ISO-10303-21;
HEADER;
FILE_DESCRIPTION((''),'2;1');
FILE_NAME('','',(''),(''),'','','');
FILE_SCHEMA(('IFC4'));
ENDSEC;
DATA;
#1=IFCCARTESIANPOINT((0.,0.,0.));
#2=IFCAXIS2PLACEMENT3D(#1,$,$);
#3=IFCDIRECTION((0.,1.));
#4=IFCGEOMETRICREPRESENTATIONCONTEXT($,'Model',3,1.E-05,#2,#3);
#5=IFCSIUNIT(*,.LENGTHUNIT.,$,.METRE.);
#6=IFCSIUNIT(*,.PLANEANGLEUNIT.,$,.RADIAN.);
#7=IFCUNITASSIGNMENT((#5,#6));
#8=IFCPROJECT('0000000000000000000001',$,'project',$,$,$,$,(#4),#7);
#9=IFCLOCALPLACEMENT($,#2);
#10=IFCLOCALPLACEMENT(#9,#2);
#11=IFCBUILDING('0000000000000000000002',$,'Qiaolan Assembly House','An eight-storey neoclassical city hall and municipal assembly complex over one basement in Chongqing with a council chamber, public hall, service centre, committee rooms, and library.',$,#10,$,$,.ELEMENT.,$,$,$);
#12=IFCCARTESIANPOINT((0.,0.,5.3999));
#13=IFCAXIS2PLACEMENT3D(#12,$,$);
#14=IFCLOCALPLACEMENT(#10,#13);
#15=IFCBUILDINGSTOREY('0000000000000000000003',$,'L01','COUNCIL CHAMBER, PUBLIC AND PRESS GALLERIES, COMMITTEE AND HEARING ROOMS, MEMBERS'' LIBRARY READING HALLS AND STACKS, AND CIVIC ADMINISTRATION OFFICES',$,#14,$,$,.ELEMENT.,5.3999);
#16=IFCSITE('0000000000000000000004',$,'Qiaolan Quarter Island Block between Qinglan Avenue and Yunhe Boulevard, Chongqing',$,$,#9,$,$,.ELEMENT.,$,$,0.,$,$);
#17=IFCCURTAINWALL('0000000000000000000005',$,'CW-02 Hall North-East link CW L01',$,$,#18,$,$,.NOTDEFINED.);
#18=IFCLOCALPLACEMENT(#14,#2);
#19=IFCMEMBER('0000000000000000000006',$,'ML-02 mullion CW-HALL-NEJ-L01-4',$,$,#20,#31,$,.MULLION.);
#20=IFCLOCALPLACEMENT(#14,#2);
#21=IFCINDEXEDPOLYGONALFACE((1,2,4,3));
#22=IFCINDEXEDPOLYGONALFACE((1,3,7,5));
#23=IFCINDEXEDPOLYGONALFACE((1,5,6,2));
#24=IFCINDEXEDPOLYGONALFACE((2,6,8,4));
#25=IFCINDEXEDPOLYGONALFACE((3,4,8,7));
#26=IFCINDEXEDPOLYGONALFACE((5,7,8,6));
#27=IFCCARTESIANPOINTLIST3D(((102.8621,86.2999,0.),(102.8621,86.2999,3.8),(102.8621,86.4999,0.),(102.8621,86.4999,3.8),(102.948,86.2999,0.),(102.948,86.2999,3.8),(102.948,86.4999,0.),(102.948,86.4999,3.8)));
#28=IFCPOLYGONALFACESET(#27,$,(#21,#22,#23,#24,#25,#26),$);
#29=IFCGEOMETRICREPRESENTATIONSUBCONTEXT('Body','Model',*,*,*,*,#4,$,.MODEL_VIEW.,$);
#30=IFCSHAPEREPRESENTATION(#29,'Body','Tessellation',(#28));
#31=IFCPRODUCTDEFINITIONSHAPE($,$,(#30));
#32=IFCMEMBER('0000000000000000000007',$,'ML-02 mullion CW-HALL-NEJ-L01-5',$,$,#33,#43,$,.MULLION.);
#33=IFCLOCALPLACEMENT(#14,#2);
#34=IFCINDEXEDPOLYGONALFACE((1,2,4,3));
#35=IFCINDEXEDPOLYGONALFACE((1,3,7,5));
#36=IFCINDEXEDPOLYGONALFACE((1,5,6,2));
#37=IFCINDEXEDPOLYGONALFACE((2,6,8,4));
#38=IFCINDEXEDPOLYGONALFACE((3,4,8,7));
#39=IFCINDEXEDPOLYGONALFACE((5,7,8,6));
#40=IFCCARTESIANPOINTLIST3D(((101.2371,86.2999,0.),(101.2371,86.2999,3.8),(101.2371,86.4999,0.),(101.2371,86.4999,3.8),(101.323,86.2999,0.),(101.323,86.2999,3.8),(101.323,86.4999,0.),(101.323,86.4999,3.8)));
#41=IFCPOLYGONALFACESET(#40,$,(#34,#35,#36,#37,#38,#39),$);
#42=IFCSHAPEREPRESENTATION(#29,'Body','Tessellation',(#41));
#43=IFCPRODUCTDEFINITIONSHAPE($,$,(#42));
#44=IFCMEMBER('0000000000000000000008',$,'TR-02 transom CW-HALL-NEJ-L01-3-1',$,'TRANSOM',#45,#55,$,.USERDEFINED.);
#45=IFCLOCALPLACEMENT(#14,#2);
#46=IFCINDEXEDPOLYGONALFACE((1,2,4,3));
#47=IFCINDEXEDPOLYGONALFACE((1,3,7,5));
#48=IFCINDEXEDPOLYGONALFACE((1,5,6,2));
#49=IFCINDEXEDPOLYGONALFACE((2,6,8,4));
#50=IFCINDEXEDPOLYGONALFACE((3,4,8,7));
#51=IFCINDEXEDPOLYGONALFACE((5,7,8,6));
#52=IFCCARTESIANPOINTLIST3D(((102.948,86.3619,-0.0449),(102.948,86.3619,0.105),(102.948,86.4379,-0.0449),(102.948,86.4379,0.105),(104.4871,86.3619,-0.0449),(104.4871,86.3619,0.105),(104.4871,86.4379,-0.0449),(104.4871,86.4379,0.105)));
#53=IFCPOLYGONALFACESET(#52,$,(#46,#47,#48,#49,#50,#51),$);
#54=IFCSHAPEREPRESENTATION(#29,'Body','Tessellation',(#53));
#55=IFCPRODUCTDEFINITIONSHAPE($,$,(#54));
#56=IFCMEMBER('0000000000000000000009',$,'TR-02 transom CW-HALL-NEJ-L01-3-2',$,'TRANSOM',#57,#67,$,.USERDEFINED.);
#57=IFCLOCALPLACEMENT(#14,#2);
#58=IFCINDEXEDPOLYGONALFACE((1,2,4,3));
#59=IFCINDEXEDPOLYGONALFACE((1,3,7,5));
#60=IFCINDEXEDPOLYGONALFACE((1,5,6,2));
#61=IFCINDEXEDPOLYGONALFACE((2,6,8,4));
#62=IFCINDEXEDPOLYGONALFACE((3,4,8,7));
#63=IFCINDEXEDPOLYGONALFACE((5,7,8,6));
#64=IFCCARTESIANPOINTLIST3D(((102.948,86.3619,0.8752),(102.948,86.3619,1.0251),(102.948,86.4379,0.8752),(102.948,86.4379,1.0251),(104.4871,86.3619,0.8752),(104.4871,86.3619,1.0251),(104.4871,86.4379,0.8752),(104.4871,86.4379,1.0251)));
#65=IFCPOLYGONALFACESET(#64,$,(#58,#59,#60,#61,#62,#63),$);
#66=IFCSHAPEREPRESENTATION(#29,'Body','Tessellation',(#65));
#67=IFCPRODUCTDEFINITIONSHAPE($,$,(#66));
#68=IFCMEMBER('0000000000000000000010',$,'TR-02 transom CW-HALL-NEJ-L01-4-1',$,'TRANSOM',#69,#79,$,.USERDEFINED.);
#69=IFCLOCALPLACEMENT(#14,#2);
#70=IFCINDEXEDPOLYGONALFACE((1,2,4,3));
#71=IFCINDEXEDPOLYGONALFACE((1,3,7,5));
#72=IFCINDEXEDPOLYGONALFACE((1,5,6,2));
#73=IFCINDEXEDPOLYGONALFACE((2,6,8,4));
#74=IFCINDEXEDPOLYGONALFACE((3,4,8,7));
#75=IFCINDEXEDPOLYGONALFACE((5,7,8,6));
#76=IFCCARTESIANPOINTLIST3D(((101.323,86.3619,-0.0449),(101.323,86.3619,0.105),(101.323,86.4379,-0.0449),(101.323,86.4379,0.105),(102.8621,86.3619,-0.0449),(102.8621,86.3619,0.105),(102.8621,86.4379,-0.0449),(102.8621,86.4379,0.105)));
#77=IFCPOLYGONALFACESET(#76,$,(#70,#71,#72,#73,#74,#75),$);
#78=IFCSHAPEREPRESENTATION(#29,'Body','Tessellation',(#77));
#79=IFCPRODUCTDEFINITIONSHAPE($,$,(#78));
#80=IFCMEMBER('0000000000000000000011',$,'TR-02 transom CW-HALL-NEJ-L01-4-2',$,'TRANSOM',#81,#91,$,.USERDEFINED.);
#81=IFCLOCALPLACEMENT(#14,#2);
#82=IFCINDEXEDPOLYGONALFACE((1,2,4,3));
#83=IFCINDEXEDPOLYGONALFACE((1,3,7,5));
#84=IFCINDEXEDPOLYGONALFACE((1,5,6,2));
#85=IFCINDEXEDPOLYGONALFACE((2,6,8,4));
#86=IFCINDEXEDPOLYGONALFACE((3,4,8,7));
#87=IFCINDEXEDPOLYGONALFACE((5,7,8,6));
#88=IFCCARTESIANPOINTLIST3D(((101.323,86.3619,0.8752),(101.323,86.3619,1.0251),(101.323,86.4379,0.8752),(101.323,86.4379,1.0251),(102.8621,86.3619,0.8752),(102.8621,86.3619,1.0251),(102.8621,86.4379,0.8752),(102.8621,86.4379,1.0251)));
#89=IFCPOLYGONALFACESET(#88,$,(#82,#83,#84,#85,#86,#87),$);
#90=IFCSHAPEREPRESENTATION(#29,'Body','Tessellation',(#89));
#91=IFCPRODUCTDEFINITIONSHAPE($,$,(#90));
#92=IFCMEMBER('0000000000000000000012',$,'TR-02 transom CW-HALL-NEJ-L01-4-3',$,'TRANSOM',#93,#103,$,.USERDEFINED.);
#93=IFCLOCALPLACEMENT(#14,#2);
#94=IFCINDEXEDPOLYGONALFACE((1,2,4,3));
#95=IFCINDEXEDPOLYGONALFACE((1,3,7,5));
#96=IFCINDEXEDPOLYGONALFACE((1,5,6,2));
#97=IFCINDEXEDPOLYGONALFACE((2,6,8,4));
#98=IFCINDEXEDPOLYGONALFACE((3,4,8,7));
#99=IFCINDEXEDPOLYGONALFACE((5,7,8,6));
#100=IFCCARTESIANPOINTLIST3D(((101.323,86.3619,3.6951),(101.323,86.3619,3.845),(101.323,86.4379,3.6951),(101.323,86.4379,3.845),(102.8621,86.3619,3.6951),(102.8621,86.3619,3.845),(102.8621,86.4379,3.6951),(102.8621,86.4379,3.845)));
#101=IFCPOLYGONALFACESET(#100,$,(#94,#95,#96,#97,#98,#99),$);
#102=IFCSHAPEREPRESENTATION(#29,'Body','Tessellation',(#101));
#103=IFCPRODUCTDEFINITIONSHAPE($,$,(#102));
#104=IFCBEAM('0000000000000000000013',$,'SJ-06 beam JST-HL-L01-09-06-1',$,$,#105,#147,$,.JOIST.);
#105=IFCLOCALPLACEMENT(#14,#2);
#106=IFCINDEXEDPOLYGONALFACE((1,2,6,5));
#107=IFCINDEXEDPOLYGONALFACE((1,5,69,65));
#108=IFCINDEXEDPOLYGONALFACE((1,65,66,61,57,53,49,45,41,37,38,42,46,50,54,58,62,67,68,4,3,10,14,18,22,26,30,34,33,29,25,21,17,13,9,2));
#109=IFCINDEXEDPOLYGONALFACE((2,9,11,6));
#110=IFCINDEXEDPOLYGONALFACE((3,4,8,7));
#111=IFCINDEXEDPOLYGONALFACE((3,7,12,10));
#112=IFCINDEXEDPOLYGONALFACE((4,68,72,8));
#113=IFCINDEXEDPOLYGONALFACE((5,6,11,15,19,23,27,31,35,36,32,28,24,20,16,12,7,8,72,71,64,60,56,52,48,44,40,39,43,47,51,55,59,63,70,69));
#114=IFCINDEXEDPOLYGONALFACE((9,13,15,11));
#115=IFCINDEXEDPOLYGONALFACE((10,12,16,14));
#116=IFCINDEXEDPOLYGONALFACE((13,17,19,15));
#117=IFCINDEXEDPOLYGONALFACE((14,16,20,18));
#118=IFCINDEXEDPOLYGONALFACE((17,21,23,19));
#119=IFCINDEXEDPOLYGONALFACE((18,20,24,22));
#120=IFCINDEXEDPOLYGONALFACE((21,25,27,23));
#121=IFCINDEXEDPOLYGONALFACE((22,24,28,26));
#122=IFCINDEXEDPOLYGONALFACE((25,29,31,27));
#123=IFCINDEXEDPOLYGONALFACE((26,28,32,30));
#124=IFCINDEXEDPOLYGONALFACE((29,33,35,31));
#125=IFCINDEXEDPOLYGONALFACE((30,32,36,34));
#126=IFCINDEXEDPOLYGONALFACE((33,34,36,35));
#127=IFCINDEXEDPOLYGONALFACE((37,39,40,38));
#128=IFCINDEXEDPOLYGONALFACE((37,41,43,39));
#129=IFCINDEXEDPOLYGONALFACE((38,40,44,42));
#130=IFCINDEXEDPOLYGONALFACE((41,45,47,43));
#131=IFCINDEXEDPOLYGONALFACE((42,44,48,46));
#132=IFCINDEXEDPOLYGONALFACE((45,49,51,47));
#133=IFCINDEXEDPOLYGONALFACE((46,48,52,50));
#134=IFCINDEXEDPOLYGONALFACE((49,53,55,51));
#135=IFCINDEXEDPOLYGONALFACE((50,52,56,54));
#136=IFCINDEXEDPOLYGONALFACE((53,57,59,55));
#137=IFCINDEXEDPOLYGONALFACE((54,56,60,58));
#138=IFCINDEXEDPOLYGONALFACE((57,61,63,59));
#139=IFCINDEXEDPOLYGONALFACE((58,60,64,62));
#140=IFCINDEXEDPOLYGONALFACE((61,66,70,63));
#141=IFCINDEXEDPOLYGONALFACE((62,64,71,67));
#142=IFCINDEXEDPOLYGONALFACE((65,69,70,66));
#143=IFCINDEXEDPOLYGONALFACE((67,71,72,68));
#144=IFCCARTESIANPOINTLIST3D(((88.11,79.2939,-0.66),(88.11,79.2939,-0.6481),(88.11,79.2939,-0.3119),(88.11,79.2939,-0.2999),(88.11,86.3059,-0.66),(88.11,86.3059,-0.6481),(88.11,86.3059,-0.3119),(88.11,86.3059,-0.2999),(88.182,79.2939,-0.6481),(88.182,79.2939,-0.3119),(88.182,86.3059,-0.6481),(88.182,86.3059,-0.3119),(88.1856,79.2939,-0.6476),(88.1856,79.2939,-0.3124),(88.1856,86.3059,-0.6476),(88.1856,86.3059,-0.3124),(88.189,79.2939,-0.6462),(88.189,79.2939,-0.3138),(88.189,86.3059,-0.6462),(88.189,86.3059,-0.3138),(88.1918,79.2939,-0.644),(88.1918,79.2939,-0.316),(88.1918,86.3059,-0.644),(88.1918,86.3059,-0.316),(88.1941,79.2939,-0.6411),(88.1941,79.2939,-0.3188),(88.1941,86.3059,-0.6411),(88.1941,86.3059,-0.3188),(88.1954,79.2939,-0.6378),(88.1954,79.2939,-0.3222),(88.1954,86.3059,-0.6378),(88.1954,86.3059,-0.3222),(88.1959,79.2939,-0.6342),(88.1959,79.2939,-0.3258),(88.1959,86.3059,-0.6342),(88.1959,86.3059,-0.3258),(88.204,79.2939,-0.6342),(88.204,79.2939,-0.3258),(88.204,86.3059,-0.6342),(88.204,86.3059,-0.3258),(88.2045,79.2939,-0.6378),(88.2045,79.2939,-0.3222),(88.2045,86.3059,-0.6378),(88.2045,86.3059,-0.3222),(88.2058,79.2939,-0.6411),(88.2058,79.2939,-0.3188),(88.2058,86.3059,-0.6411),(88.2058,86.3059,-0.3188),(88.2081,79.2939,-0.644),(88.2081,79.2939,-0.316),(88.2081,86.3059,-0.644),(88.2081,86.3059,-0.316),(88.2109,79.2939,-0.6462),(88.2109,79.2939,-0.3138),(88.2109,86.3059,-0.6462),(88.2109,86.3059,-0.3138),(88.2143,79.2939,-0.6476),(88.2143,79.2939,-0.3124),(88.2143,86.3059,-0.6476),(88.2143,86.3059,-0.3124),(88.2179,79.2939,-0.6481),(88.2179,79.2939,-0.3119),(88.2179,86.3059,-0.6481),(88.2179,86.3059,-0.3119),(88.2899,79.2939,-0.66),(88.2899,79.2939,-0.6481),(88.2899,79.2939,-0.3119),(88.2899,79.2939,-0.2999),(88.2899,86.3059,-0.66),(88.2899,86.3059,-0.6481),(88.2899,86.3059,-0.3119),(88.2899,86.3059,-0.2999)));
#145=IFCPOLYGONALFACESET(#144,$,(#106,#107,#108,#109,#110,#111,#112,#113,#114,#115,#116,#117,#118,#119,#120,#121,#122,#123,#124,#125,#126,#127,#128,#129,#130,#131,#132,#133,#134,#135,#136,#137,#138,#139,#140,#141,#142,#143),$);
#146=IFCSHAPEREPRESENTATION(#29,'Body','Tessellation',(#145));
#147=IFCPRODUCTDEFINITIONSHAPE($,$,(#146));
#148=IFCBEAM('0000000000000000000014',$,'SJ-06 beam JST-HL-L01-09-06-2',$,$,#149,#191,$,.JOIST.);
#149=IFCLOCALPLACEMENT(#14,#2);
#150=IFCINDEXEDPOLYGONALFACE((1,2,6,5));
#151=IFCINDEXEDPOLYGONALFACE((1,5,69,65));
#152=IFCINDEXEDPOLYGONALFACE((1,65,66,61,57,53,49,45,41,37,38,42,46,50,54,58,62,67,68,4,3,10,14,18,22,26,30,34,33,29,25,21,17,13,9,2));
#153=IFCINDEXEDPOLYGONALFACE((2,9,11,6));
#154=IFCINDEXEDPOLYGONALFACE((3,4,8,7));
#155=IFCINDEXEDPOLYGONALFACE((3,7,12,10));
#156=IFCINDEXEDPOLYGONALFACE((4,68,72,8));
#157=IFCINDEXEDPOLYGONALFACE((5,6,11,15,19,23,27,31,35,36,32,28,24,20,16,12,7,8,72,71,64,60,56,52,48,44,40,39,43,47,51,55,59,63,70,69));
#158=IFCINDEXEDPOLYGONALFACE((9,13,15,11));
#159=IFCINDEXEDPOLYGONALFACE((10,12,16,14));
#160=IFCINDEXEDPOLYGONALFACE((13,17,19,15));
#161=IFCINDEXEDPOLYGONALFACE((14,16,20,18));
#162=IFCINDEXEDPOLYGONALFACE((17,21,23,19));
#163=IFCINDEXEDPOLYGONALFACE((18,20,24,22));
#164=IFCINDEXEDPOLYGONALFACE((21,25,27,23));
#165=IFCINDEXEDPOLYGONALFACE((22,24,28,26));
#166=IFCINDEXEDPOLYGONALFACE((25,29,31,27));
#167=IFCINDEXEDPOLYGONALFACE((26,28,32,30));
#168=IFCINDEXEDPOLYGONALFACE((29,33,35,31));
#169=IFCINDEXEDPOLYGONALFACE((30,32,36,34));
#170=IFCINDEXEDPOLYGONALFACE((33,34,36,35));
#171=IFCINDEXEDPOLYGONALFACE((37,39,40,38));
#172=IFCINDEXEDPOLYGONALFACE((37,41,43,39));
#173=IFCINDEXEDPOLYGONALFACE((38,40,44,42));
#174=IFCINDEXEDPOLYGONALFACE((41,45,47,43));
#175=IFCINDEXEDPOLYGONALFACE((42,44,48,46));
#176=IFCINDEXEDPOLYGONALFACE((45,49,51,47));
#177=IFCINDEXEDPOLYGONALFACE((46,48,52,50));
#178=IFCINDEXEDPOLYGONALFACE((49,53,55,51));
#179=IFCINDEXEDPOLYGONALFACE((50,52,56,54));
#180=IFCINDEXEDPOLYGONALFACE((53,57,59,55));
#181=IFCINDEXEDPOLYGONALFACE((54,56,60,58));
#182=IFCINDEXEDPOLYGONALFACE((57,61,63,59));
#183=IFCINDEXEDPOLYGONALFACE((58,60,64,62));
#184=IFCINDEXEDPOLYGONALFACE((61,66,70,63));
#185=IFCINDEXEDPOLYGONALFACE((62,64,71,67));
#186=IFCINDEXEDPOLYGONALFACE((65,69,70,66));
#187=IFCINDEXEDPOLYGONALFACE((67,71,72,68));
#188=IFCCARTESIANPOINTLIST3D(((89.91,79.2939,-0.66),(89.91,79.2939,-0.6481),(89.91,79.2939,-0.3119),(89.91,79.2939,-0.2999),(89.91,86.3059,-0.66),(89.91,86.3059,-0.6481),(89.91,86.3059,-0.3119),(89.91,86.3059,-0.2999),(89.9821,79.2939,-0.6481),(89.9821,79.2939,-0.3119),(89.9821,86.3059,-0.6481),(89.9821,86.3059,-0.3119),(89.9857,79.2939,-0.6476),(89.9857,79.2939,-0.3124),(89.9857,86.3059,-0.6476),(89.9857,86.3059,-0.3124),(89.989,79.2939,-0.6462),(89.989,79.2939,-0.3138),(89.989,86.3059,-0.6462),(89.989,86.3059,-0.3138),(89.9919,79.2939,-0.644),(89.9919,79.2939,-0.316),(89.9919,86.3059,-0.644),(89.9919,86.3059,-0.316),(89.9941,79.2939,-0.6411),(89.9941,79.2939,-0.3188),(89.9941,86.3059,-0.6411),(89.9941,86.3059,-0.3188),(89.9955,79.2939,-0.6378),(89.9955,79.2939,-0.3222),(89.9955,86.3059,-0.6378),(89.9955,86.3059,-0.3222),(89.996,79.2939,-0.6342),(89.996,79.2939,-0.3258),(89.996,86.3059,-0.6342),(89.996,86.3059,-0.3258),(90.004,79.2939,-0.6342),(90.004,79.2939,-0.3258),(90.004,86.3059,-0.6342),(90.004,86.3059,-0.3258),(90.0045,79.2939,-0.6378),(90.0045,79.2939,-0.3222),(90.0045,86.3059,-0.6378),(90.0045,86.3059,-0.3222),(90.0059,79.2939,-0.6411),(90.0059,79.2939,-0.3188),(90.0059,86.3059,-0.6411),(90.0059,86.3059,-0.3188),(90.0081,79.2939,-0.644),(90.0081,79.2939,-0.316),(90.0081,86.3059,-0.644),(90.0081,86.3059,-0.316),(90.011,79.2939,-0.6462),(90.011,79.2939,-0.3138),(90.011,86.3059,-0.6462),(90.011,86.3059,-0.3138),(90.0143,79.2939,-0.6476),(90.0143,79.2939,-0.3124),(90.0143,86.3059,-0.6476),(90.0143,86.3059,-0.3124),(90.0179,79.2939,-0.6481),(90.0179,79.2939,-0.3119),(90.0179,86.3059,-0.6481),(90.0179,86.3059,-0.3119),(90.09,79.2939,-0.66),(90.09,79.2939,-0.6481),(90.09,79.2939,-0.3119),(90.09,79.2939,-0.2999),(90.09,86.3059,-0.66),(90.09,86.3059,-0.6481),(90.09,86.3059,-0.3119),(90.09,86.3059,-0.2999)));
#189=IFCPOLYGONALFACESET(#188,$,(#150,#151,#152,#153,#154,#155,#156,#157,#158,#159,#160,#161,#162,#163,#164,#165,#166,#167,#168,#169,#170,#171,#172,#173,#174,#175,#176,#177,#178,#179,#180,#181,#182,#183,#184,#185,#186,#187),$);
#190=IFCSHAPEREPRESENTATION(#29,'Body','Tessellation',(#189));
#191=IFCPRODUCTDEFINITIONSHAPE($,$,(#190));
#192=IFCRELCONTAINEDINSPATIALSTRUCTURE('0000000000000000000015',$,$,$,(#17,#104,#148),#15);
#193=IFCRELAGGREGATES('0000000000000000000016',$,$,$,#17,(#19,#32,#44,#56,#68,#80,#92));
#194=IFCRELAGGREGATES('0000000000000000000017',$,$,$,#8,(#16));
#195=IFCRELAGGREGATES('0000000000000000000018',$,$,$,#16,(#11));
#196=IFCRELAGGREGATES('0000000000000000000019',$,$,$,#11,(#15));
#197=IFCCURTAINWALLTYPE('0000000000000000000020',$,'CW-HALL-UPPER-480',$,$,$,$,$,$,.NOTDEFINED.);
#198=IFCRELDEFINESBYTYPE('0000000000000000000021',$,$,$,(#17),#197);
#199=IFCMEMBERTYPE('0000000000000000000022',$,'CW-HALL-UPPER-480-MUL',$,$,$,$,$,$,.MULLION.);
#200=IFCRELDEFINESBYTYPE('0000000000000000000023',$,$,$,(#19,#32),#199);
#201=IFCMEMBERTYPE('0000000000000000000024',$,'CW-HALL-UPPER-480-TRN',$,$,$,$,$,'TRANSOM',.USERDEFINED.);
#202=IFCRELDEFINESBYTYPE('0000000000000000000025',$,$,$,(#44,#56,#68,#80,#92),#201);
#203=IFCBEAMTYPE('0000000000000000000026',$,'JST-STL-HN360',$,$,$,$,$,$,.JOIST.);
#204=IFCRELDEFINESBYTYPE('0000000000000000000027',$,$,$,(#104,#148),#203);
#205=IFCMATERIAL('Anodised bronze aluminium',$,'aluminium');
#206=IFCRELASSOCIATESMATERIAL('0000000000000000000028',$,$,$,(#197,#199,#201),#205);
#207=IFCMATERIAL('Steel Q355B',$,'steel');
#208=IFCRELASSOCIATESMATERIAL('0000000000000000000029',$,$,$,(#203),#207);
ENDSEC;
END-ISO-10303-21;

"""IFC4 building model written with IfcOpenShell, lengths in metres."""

from ifc_helpers import new_model, si_unit, direction, frame, origin, origin_2d, place, context, subcontext, project, spatial, rectangle, i_section, extrude, material, material_profile, profile_set, type_object, element, aggregate, save


model = new_model("IFC4")

# Units and contexts
model_context = context("Model", 3, precision=1e-05, world=origin(), true_north=direction((0.0, 1.0)))
body_context = subcontext(model_context, "Body", "Model", "MODEL_VIEW")
ifc_project = project(units=[si_unit("LENGTHUNIT", "METRE"), si_unit("PLANEANGLEUNIT", "RADIAN")], contexts=[model_context])

# Site, building, storey
site_placement = place(None, origin())
site = spatial("IfcSite", under=ifc_project, at=site_placement, Name="Qiaolan Quarter Island Block between Qinglan Avenue and Yunhe Boulevard, Chongqing", CompositionType="ELEMENT", RefElevation=0.0)
building_placement = place(site_placement, origin())
building = spatial("IfcBuilding", under=site, at=building_placement, Name="Qiaolan Assembly House", Description="An eight-storey neoclassical city hall and municipal assembly complex over one basement in Chongqing with a council chamber, public hall, service centre, committee rooms, and library.", CompositionType="ELEMENT")
storey_placement = place(building_placement, frame((0.0, 0.0, 5.3999)))
storey = spatial("IfcBuildingStorey", under=building, at=storey_placement, Name="L01", Description="COUNCIL CHAMBER, PUBLIC AND PRESS GALLERIES, COMMITTEE AND HEARING ROOMS, MEMBERS' LIBRARY READING HALLS AND STACKS, AND CIVIC ADMINISTRATION OFFICES", CompositionType="ELEMENT", Elevation=5.3999)

# Shared definitions
ifc_material_1 = material(Name="Steel Q355B", Category="steel")

# Curtain wall, members
ifc_material_2 = material(Name="Anodised bronze aluminium", Category="aluminium")
curtain_wall_type = type_object("IfcCurtainWallType", Name="CW-HALL-UPPER-480", PredefinedType="NOTDEFINED", material=ifc_material_2)
curtain_wall_placement = place(storey_placement, origin())
curtain_wall = element("IfcCurtainWall", 1, at=curtain_wall_placement, inside=storey, type_object=curtain_wall_type, Name="CW-02 Hall North-East link CW L01", PredefinedType="NOTDEFINED")
ifc_material_profile_1 = material_profile(ifc_material_2, rectangle(XDim=0.0859, YDim=0.2, at=origin_2d()), Name="MUL 86x200")
ifc_profile_set_1 = profile_set([ifc_material_profile_1], Name="Anodised bronze aluminium")
member_type_1 = type_object("IfcMemberType", Name="CW-HALL-UPPER-480-MUL", PredefinedType="MULLION", material=ifc_profile_set_1)
member_1_placement = place(storey_placement, frame((102.905, 86.3999, 0.0), z_axis=(0.0, 0.0, 1.0), x_axis=(-1.0, 0.0, 0.0)))
member_1 = element("IfcMember", 2, at=member_1_placement, type_object=member_type_1, Name="ML-02 mullion CW-HALL-NEJ-L01-4", PredefinedType="MULLION", context=body_context, shape_type="SweptSolid", body=[
    extrude(rectangle(XDim=0.0859, YDim=0.2, at=origin_2d()), origin(), (0.0, 0.0, 1.0), 3.8),
])
member_2_placement = place(storey_placement, frame((101.28, 86.3999, 0.0), z_axis=(0.0, 0.0, 1.0), x_axis=(-1.0, 0.0, 0.0)))
member_2 = element("IfcMember", 3, at=member_2_placement, type_object=member_type_1, Name="ML-02 mullion CW-HALL-NEJ-L01-5", PredefinedType="MULLION", context=body_context, shape_type="SweptSolid", body=[
    extrude(rectangle(XDim=0.0859, YDim=0.2, at=origin_2d()), origin(), (0.0, 0.0, 1.0), 3.8),
])
ifc_material_profile_2 = material_profile(ifc_material_2, rectangle(XDim=0.0759, YDim=0.1499, at=origin_2d()), Name="TRN 76x150")
ifc_profile_set_2 = profile_set([ifc_material_profile_2], Name="Anodised bronze aluminium")
member_type_2 = type_object("IfcMemberType", Name="CW-HALL-UPPER-480-TRN", ElementType="TRANSOM", PredefinedType="USERDEFINED", material=ifc_profile_set_2)
member_3_placement = place(storey_placement, frame((104.4871, 86.3999, 0.03), z_axis=(-1.0, 0.0, 0.0), x_axis=(0.0, -1.0, 0.0)))
member_3 = element("IfcMember", 4, at=member_3_placement, type_object=member_type_2, Name="TR-02 transom CW-HALL-NEJ-L01-3-1", ObjectType="TRANSOM", PredefinedType="USERDEFINED", context=body_context, shape_type="SweptSolid", body=[
    extrude(rectangle(XDim=0.0759, YDim=0.1499, at=origin_2d()), origin(), (0.0, 0.0, 1.0), 1.5391),
])
member_4_placement = place(storey_placement, frame((104.4871, 86.3999, 0.9502), z_axis=(-1.0, 0.0, 0.0), x_axis=(0.0, -1.0, 0.0)))
member_4 = element("IfcMember", 5, at=member_4_placement, type_object=member_type_2, Name="TR-02 transom CW-HALL-NEJ-L01-3-2", ObjectType="TRANSOM", PredefinedType="USERDEFINED", context=body_context, shape_type="SweptSolid", body=[
    extrude(rectangle(XDim=0.0759, YDim=0.1499, at=origin_2d()), origin(), (0.0, 0.0, 1.0), 1.5391),
])
member_5_placement = place(storey_placement, frame((102.8621, 86.3999, 0.03), z_axis=(-1.0, 0.0, 0.0), x_axis=(0.0, -1.0, 0.0)))
member_5 = element("IfcMember", 6, at=member_5_placement, type_object=member_type_2, Name="TR-02 transom CW-HALL-NEJ-L01-4-1", ObjectType="TRANSOM", PredefinedType="USERDEFINED", context=body_context, shape_type="SweptSolid", body=[
    extrude(rectangle(XDim=0.0759, YDim=0.1499, at=origin_2d()), origin(), (0.0, 0.0, 1.0), 1.5391),
])
member_6_placement = place(storey_placement, frame((102.8621, 86.3999, 0.9502), z_axis=(-1.0, 0.0, 0.0), x_axis=(0.0, -1.0, 0.0)))
member_6 = element("IfcMember", 7, at=member_6_placement, type_object=member_type_2, Name="TR-02 transom CW-HALL-NEJ-L01-4-2", ObjectType="TRANSOM", PredefinedType="USERDEFINED", context=body_context, shape_type="SweptSolid", body=[
    extrude(rectangle(XDim=0.0759, YDim=0.1499, at=origin_2d()), origin(), (0.0, 0.0, 1.0), 1.5391),
])
member_7_placement = place(storey_placement, frame((102.8621, 86.3999, 3.77), z_axis=(-1.0, 0.0, 0.0), x_axis=(0.0, -1.0, 0.0)))
member_7 = element("IfcMember", 8, at=member_7_placement, type_object=member_type_2, Name="TR-02 transom CW-HALL-NEJ-L01-4-3", ObjectType="TRANSOM", PredefinedType="USERDEFINED", context=body_context, shape_type="SweptSolid", body=[
    extrude(rectangle(XDim=0.0759, YDim=0.1499, at=origin_2d()), origin(), (0.0, 0.0, 1.0), 1.5391),
])

# Beams
ifc_material_profile_3 = material_profile(ifc_material_1, i_section(OverallWidth=0.1799, OverallDepth=0.3601, WebThickness=0.0081, FlangeThickness=0.012, FilletRadius=0.0139, at=origin_2d()), Name="HN 360x180x8x12")
ifc_profile_set_3 = profile_set([ifc_material_profile_3], Name="Steel Q355B")
beam_type_1 = type_object("IfcBeamType", Name="JST-STL-HN360", PredefinedType="JOIST", material=ifc_profile_set_3)
for number, where, z_axis, x_axis, name in (
    (9, (88.2, 79.2939, -0.48), (0.0, 1.0, 0.0), (-1.0, 0.0, 0.0), "SJ-06 beam JST-HL-L01-09-06-1"),
    (10, (90.0, 79.2939, -0.48), (0.0, 1.0, 0.0), (-1.0, 0.0, 0.0), "SJ-06 beam JST-HL-L01-09-06-2"),
):
    element("IfcBeam", number, at=place(storey_placement, frame(where, z_axis=z_axis, x_axis=x_axis)), inside=storey, type_object=beam_type_1, Name=name, PredefinedType="JOIST", context=body_context, shape_type="SweptSolid", body=[
        extrude(i_section(OverallWidth=0.1799, OverallDepth=0.3601, WebThickness=0.0081, FlangeThickness=0.012, FilletRadius=0.0139, at=origin_2d()), origin(), (0.0, 0.0, 1.0), 7.012),
    ])

aggregate(curtain_wall, [member_1, member_2, member_3, member_4, member_5, member_6, member_7])

save(model, "model.ifc")
